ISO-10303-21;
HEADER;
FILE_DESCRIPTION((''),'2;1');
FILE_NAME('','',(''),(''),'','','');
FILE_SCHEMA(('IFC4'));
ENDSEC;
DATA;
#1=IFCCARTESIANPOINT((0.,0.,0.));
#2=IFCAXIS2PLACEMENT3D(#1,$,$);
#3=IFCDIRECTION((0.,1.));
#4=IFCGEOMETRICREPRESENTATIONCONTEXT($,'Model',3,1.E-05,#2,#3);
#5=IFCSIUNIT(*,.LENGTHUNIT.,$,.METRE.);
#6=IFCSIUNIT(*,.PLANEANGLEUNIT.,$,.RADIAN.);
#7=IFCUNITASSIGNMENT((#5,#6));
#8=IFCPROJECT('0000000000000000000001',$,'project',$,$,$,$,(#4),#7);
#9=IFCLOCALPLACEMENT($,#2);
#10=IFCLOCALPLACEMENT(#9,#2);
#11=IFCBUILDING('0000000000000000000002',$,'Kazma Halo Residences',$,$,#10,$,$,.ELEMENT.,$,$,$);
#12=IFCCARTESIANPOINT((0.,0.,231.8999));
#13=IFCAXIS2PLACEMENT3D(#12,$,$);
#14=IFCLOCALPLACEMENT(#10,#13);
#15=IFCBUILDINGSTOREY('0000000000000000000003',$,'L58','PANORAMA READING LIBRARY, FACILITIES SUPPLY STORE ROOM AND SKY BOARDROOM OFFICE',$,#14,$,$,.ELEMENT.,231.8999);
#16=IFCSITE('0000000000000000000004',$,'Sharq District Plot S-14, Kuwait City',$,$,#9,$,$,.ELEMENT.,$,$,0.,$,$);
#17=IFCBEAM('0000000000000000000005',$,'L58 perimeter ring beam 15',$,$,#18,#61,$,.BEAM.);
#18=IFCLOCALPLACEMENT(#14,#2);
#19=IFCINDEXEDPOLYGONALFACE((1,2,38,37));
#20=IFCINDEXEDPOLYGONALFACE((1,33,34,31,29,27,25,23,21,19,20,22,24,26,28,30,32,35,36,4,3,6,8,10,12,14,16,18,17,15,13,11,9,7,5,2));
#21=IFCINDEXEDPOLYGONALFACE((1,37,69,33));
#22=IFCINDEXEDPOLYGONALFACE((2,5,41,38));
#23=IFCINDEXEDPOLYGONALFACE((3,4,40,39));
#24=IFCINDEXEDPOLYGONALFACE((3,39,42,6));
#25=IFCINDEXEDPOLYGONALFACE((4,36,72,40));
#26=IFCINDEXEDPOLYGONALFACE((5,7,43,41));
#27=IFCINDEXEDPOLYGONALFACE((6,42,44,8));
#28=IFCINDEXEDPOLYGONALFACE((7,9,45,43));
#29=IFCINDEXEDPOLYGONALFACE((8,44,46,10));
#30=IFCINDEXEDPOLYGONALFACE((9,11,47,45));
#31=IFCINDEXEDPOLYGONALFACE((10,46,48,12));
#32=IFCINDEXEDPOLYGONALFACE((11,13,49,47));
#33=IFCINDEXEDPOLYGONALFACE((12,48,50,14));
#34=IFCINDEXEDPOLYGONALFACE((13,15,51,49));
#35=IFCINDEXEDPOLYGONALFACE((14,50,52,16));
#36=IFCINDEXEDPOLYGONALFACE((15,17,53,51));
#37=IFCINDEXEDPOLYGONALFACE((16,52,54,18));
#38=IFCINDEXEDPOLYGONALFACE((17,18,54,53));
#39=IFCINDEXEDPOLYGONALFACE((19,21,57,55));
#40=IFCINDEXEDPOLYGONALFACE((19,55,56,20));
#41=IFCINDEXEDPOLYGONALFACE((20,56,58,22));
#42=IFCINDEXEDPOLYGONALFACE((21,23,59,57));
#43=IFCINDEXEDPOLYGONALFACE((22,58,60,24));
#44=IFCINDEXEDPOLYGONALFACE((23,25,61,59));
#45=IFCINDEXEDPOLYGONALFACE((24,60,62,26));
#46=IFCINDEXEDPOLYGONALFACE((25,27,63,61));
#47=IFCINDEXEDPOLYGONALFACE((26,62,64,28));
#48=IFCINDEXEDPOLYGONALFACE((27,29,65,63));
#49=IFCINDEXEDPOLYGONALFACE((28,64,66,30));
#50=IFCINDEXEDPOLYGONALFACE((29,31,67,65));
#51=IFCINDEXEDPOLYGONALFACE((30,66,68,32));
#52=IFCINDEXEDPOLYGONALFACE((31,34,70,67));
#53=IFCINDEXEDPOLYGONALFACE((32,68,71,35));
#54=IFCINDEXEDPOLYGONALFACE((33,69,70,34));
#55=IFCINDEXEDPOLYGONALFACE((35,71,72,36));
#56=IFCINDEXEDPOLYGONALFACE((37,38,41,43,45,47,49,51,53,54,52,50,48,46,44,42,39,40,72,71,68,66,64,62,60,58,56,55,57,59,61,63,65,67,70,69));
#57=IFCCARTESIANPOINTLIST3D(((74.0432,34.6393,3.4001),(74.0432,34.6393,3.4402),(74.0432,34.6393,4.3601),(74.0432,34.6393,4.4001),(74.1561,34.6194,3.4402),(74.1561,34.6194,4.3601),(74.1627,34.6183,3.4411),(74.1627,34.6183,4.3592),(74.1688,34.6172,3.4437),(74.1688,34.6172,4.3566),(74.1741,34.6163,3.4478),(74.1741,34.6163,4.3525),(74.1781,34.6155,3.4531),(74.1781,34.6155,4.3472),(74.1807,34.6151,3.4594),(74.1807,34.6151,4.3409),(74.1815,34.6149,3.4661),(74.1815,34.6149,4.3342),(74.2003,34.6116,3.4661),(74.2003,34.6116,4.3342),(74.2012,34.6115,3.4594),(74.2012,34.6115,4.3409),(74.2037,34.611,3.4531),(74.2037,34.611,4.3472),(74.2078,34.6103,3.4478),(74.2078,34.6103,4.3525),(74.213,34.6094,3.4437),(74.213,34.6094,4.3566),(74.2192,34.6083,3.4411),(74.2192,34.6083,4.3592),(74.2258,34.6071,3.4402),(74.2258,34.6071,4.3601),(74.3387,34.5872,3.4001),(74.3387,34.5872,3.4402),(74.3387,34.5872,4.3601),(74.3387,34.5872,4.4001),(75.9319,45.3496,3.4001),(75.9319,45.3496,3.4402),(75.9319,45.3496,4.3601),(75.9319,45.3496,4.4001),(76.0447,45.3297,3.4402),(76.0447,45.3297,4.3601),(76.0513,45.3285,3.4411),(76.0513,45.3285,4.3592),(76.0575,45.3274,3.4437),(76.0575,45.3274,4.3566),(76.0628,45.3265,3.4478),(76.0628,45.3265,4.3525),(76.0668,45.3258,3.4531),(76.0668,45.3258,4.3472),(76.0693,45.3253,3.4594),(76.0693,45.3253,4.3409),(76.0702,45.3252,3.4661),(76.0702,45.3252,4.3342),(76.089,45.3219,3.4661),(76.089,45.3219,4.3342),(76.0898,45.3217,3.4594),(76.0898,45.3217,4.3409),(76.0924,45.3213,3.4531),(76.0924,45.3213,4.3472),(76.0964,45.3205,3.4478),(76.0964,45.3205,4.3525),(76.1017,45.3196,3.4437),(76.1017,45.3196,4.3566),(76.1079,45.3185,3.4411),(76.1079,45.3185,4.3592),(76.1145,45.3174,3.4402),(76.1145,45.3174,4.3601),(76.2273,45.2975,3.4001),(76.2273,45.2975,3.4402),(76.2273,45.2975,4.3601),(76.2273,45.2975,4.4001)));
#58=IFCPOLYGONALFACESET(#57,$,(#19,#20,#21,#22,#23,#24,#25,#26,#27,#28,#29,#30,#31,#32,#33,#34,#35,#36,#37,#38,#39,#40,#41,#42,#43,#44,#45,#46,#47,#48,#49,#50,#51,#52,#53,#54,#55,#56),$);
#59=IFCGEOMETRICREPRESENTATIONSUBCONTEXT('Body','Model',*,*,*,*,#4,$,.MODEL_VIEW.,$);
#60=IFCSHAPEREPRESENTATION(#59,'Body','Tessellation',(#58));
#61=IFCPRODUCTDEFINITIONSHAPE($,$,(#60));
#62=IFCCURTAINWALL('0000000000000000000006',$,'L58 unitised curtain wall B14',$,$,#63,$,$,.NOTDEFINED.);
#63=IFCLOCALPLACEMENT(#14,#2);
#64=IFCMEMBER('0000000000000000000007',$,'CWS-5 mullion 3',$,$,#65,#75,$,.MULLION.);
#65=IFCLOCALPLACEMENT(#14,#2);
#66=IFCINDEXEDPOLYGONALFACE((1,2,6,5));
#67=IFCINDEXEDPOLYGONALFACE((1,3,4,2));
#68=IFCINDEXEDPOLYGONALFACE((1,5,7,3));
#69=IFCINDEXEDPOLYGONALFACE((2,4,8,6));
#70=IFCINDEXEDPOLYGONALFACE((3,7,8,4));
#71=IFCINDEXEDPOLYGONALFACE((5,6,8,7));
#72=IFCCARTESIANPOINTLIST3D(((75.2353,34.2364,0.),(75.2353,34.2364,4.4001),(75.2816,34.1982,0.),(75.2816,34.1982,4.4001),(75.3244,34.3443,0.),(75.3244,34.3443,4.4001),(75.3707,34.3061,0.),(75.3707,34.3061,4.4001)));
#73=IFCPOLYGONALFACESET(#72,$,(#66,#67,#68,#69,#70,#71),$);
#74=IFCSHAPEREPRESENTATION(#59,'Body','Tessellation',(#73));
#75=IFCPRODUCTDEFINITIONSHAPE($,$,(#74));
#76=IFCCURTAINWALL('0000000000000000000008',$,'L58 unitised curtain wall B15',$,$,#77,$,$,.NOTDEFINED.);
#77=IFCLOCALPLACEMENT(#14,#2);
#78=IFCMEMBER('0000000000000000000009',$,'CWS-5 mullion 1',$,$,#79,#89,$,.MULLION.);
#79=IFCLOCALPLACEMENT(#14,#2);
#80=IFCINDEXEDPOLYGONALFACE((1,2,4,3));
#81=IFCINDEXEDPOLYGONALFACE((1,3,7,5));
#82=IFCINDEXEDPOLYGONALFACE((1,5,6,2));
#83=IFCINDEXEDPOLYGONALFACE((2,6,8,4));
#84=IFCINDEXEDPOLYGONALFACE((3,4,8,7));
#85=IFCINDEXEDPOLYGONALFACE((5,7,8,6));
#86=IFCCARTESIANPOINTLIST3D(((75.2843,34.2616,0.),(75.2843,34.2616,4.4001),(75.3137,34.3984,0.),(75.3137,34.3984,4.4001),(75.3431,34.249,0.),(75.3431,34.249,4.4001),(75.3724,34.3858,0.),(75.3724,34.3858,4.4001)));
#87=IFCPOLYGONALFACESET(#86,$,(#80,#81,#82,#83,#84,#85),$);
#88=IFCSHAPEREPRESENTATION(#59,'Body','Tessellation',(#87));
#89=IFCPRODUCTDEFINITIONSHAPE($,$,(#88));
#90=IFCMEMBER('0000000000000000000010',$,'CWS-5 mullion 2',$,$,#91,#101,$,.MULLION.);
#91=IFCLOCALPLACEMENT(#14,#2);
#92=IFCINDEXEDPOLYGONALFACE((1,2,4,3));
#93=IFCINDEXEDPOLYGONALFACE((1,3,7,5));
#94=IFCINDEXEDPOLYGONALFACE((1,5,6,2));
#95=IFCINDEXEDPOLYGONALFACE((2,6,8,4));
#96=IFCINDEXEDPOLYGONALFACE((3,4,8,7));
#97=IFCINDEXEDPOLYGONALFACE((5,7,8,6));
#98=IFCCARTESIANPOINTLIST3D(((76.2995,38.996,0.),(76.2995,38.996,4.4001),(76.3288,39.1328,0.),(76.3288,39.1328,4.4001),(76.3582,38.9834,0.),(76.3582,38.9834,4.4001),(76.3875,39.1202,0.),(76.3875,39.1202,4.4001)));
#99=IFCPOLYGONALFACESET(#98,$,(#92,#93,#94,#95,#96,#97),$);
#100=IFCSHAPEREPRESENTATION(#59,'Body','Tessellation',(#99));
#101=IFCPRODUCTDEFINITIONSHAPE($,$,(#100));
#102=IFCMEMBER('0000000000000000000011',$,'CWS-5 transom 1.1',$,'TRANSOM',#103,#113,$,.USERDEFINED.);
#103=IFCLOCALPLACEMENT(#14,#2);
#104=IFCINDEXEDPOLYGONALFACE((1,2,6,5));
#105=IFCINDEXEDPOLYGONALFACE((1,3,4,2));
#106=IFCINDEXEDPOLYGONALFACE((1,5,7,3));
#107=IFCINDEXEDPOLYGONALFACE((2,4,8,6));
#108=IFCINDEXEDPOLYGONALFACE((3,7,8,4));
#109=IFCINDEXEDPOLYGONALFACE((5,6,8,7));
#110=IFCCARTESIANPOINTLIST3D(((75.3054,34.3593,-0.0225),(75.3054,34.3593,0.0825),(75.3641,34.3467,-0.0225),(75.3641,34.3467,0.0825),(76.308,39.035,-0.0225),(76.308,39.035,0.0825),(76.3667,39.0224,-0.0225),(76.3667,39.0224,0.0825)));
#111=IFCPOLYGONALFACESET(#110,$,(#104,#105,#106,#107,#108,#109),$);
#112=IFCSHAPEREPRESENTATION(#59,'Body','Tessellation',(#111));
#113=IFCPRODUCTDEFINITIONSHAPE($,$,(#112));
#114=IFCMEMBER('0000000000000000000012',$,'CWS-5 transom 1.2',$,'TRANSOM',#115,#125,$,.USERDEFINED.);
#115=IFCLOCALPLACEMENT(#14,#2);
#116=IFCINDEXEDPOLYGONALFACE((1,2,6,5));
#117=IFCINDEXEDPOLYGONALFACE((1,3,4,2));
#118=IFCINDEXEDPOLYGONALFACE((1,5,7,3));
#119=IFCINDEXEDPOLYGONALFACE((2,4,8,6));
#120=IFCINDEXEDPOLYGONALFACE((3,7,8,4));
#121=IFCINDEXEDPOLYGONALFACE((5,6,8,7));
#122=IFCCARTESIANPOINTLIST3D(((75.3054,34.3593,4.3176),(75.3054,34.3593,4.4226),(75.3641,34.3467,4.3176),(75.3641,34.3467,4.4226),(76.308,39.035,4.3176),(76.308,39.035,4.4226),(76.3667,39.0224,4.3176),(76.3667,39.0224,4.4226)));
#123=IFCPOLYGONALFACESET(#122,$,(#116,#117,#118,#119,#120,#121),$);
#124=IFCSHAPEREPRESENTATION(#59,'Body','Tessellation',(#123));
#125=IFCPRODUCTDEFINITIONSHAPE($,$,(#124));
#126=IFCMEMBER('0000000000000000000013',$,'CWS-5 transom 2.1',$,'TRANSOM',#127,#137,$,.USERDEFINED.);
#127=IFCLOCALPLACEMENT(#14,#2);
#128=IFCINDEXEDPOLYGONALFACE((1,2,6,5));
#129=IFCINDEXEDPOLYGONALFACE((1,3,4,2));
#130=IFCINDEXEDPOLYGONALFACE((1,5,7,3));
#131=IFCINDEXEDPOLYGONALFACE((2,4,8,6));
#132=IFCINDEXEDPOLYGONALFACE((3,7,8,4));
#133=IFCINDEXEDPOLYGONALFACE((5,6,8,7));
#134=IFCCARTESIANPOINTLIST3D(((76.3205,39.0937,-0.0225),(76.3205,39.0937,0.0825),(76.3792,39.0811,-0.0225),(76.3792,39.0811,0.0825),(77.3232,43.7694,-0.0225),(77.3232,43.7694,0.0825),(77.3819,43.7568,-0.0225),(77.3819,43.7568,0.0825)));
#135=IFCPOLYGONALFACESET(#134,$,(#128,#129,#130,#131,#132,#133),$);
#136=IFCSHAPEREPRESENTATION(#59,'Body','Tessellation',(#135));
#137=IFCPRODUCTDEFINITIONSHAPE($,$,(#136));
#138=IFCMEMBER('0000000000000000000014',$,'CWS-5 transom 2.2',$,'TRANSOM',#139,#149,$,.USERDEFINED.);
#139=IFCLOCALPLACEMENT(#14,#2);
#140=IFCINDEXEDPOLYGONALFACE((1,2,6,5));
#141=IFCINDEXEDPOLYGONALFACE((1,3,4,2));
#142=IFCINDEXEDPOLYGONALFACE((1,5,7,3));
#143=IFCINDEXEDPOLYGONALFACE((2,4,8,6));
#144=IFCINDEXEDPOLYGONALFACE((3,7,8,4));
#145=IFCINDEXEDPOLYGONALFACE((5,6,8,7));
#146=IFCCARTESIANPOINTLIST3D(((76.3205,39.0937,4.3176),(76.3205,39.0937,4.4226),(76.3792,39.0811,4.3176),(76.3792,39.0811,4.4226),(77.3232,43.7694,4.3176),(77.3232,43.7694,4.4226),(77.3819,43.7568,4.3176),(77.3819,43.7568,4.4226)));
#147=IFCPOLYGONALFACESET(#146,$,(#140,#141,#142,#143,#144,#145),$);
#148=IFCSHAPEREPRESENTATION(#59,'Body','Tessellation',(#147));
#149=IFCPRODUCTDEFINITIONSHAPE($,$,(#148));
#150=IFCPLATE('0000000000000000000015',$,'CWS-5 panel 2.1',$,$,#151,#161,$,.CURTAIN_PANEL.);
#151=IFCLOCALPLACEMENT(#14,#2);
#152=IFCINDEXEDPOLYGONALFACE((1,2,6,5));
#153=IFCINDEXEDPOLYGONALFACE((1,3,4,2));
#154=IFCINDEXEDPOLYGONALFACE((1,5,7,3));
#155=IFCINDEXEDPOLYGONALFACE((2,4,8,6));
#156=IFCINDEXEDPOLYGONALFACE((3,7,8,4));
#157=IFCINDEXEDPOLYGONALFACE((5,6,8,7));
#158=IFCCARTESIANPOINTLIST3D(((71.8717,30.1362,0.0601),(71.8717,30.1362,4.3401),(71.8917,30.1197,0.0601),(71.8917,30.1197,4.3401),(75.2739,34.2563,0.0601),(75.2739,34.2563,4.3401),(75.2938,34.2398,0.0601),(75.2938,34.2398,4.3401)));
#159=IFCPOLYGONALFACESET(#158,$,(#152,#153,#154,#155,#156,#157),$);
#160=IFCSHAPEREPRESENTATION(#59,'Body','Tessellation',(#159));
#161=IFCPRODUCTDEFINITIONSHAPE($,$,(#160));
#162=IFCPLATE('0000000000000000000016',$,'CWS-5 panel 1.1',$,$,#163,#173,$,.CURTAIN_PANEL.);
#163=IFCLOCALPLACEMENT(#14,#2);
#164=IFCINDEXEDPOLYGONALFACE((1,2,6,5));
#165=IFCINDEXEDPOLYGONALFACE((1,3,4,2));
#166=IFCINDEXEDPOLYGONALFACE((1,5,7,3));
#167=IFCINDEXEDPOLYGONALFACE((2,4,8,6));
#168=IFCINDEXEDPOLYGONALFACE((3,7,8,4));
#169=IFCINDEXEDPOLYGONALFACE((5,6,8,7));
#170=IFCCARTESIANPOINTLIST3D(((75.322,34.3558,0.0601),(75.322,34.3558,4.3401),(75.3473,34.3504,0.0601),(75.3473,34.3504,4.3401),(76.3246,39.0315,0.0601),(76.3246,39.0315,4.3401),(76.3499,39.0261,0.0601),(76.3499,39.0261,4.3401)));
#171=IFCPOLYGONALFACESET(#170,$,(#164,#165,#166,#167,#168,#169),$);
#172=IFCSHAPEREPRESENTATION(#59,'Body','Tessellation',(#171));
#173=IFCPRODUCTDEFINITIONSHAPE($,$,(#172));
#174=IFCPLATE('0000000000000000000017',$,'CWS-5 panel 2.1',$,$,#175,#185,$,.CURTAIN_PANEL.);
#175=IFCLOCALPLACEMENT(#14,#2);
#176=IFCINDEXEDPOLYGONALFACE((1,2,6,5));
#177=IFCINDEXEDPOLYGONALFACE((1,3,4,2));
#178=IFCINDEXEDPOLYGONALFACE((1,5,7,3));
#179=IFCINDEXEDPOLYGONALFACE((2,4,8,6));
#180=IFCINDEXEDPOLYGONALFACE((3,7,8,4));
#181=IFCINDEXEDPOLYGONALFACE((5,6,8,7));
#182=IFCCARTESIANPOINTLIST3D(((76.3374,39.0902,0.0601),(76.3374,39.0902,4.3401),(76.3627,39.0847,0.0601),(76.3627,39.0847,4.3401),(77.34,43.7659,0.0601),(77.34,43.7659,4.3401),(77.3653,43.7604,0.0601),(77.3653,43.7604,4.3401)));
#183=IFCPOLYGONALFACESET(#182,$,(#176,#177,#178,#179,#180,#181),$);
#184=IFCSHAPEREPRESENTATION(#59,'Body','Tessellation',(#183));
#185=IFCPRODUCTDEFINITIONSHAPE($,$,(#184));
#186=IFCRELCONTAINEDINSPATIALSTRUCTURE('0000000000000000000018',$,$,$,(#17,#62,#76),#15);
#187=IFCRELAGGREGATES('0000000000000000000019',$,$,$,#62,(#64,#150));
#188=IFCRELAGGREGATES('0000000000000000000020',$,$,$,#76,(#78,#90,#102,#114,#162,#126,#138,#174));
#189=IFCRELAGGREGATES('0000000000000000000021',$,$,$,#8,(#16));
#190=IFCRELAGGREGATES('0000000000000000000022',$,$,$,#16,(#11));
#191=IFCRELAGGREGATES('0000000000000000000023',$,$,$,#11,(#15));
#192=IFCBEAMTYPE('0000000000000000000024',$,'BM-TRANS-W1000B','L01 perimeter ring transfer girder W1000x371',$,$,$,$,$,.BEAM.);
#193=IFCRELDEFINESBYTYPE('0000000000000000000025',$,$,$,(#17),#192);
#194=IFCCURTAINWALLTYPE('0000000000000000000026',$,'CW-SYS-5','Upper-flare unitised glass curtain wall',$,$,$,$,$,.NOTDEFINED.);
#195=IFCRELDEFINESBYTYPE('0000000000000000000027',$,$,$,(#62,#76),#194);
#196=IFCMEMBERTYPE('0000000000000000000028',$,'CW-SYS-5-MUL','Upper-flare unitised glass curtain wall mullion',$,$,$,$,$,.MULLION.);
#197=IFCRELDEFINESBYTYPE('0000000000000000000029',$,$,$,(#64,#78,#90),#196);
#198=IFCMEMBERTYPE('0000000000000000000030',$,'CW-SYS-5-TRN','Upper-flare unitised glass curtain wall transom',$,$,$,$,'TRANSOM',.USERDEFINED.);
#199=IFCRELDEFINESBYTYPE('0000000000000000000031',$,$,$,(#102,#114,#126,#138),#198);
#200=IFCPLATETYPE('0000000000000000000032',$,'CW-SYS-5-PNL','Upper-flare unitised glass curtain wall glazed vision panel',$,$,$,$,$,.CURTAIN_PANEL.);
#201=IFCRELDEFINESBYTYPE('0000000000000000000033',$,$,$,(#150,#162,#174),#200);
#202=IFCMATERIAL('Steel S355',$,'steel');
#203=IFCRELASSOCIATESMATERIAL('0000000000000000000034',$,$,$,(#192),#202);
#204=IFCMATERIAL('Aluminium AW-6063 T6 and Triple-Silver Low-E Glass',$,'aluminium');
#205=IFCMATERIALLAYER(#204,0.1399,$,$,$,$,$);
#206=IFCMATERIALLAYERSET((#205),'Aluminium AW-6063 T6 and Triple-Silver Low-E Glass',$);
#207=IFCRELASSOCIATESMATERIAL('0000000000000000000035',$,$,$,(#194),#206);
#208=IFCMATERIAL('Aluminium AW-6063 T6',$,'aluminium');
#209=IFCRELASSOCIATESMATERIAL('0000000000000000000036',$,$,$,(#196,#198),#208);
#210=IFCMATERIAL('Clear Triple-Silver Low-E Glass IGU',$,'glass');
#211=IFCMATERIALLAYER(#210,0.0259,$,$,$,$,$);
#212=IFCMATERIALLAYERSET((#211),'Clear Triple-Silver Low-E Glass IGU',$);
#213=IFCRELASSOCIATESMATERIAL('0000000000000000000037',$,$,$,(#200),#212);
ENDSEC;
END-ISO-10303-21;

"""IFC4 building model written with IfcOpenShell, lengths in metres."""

from ifc_helpers import new_model, si_unit, direction, frame, origin, origin_2d, place, context, subcontext, project, spatial, rectangle, i_section, extrude, material, layer, layer_set, material_profile, profile_set, type_object, element, aggregate, save


model = new_model("IFC4")

# Units and contexts
model_context = context("Model", 3, precision=1e-05, world=origin(), true_north=direction((0.0, 1.0)))
body_context = subcontext(model_context, "Body", "Model", "MODEL_VIEW")
ifc_project = project(units=[si_unit("LENGTHUNIT", "METRE"), si_unit("PLANEANGLEUNIT", "RADIAN")], contexts=[model_context])

# Site, building, storey
site_placement = place(None, origin())
site = spatial("IfcSite", under=ifc_project, at=site_placement, Name="Sharq District Plot S-14, Kuwait City", CompositionType="ELEMENT", RefElevation=0.0)
building_placement = place(site_placement, origin())
building = spatial("IfcBuilding", under=site, at=building_placement, Name="Kazma Halo Residences", CompositionType="ELEMENT")
storey_placement = place(building_placement, frame((0.0, 0.0, 231.8999)))
storey = spatial("IfcBuildingStorey", under=building, at=storey_placement, Name="L58", Description="PANORAMA READING LIBRARY, FACILITIES SUPPLY STORE ROOM AND SKY BOARDROOM OFFICE", CompositionType="ELEMENT", Elevation=231.8999)

# Beam
ifc_material_1 = material(Name="Steel S355", Category="steel")
ifc_material_profile_1 = material_profile(ifc_material_1, i_section(OverallWidth=0.3, OverallDepth=1.0, WebThickness=0.019, FlangeThickness=0.04, FilletRadius=0.0259, at=origin_2d()), Name="W1000x371")
ifc_profile_set_1 = profile_set([ifc_material_profile_1], Name="Steel S355")
beam_type_1 = type_object("IfcBeamType", Name="BM-TRANS-W1000B", Description="L01 perimeter ring transfer girder W1000x371", PredefinedType="BEAM", material=ifc_profile_set_1)
beam_1_placement = place(storey_placement, frame((74.1909, 34.6133, 3.9001), z_axis=(0.173664, 0.984805, 0.0), x_axis=(-0.984805, 0.173664, 0.0)))
element("IfcBeam", 1, at=beam_1_placement, inside=storey, type_object=beam_type_1, Name="L58 perimeter ring beam 15", PredefinedType="BEAM", context=body_context, shape_type="SweptSolid", body=[
    extrude(i_section(OverallWidth=0.3, OverallDepth=1.0, WebThickness=0.019, FlangeThickness=0.04, FilletRadius=0.0259, at=origin_2d()), origin(), (0.0, 0.0, 1.0), 10.8755),
])

# Curtain wall, member
ifc_material_2 = material(Name="Aluminium AW-6063 T6 and Triple-Silver Low-E Glass", Category="aluminium")
ifc_layer_1 = layer(ifc_material_2, 0.1399)
ifc_layer_set_1 = layer_set([ifc_layer_1], Name="Aluminium AW-6063 T6 and Triple-Silver Low-E Glass")
curtain_wall_type = type_object("IfcCurtainWallType", Name="CW-SYS-5", Description="Upper-flare unitised glass curtain wall", PredefinedType="NOTDEFINED", material=ifc_layer_set_1)
curtain_wall_1_placement = place(storey_placement, origin())
curtain_wall_1 = element("IfcCurtainWall", 2, at=curtain_wall_1_placement, inside=storey, type_object=curtain_wall_type, Name="L58 unitised curtain wall B14", PredefinedType="NOTDEFINED")
ifc_material_3 = material(Name="Aluminium AW-6063 T6", Category="aluminium")
ifc_material_profile_2 = material_profile(ifc_material_3, rectangle(XDim=0.0601, YDim=0.1399, at=origin_2d()), Name="CWM-60x140")
ifc_profile_set_2 = profile_set([ifc_material_profile_2], Name="Aluminium AW-6063 T6")
member_type_1 = type_object("IfcMemberType", Name="CW-SYS-5-MUL", Description="Upper-flare unitised glass curtain wall mullion", PredefinedType="MULLION", material=ifc_profile_set_2)
member_1_placement = place(storey_placement, frame((75.303, 34.2712, 0.0), z_axis=(0.0, 0.0, 1.0), x_axis=(-0.771092, 0.636724, 0.0)))
member_1 = element("IfcMember", 3, at=member_1_placement, type_object=member_type_1, Name="CWS-5 mullion 3", PredefinedType="MULLION", context=body_context, shape_type="SweptSolid", body=[
    extrude(rectangle(XDim=0.0601, YDim=0.1399, at=origin_2d()), origin(), (0.0, 0.0, 1.0), 4.4001),
])

# Curtain wall, members
curtain_wall_2_placement = place(storey_placement, origin())
curtain_wall_2 = element("IfcCurtainWall", 4, at=curtain_wall_2_placement, inside=storey, type_object=curtain_wall_type, Name="L58 unitised curtain wall B15", PredefinedType="NOTDEFINED")
member_2_placement = place(storey_placement, frame((75.3284, 34.3237, 0.0), z_axis=(0.0, 0.0, 1.0), x_axis=(-0.977773, 0.209668, 0.0)))
member_2 = element("IfcMember", 5, at=member_2_placement, type_object=member_type_1, Name="CWS-5 mullion 1", PredefinedType="MULLION", context=body_context, shape_type="SweptSolid", body=[
    extrude(rectangle(XDim=0.0601, YDim=0.1399, at=origin_2d()), origin(), (0.0, 0.0, 1.0), 4.4001),
])
member_3_placement = place(storey_placement, frame((76.3435, 39.0581, 0.0), z_axis=(0.0, 0.0, 1.0), x_axis=(-0.977773, 0.209668, 0.0)))
member_3 = element("IfcMember", 6, at=member_3_placement, type_object=member_type_1, Name="CWS-5 mullion 2", PredefinedType="MULLION", context=body_context, shape_type="SweptSolid", body=[
    extrude(rectangle(XDim=0.0601, YDim=0.1399, at=origin_2d()), origin(), (0.0, 0.0, 1.0), 4.4001),
])
ifc_material_profile_3 = material_profile(ifc_material_3, rectangle(XDim=0.0601, YDim=0.105, at=origin_2d()), Name="CWT-60x105")
ifc_profile_set_3 = profile_set([ifc_material_profile_3], Name="Aluminium AW-6063 T6")
member_type_2 = type_object("IfcMemberType", Name="CW-SYS-5-TRN", Description="Upper-flare unitised glass curtain wall transom", ElementType="TRANSOM", PredefinedType="USERDEFINED", material=ifc_profile_set_3)
member_4_placement = place(storey_placement, frame((75.3347, 34.353, 0.03), z_axis=(0.209676, 0.977771, 0.0), x_axis=(-0.977771, 0.209676, 0.0)))
member_4 = element("IfcMember", 7, at=member_4_placement, type_object=member_type_2, Name="CWS-5 transom 1.1", ObjectType="TRANSOM", PredefinedType="USERDEFINED", context=body_context, shape_type="SweptSolid", body=[
    extrude(rectangle(XDim=0.0601, YDim=0.105, at=origin_2d()), origin(), (0.0, 0.0, 1.0), 4.782),
])
member_5_placement = place(storey_placement, frame((75.3347, 34.353, 4.3701), z_axis=(0.209676, 0.977771, 0.0), x_axis=(-0.977771, 0.209676, 0.0)))
member_5 = element("IfcMember", 8, at=member_5_placement, type_object=member_type_2, Name="CWS-5 transom 1.2", ObjectType="TRANSOM", PredefinedType="USERDEFINED", context=body_context, shape_type="SweptSolid", body=[
    extrude(rectangle(XDim=0.0601, YDim=0.105, at=origin_2d()), origin(), (0.0, 0.0, 1.0), 4.782),
])
member_6_placement = place(storey_placement, frame((76.3499, 39.0874, 0.03), z_axis=(0.209676, 0.977771, 0.0), x_axis=(-0.977771, 0.209676, 0.0)))
member_6 = element("IfcMember", 9, at=member_6_placement, type_object=member_type_2, Name="CWS-5 transom 2.1", ObjectType="TRANSOM", PredefinedType="USERDEFINED", context=body_context, shape_type="SweptSolid", body=[
    extrude(rectangle(XDim=0.0601, YDim=0.105, at=origin_2d()), origin(), (0.0, 0.0, 1.0), 4.782),
])
member_7_placement = place(storey_placement, frame((76.3499, 39.0874, 4.3701), z_axis=(0.209676, 0.977771, 0.0), x_axis=(-0.977771, 0.209676, 0.0)))
member_7 = element("IfcMember", 10, at=member_7_placement, type_object=member_type_2, Name="CWS-5 transom 2.2", ObjectType="TRANSOM", PredefinedType="USERDEFINED", context=body_context, shape_type="SweptSolid", body=[
    extrude(rectangle(XDim=0.0601, YDim=0.105, at=origin_2d()), origin(), (0.0, 0.0, 1.0), 4.782),
])

# Plates
ifc_material_4 = material(Name="Clear Triple-Silver Low-E Glass IGU", Category="glass")
ifc_layer_2 = layer(ifc_material_4, 0.0259)
ifc_layer_set_2 = layer_set([ifc_layer_2], Name="Clear Triple-Silver Low-E Glass IGU")
plate_type = type_object("IfcPlateType", Name="CW-SYS-5-PNL", Description="Upper-flare unitised glass curtain wall glazed vision panel", PredefinedType="CURTAIN_PANEL", material=ifc_layer_set_2)
plate_1_placement = place(storey_placement, frame((73.5828, 32.188, 0.0601), z_axis=(0.0, 0.0, 1.0), x_axis=(0.636724, 0.771092, 0.0)))
plate_1 = element("IfcPlate", 11, at=plate_1_placement, type_object=plate_type, Name="CWS-5 panel 2.1", PredefinedType="CURTAIN_PANEL", context=body_context, shape_type="SweptSolid", body=[
    extrude(rectangle(XDim=5.3433, YDim=0.0259, at=origin_2d()), origin(), (0.0, 0.0, 1.0), 4.28),
])
aggregate(curtain_wall_1, [member_1, plate_1])
plate_2_placement = place(storey_placement, frame((75.8359, 36.6909, 0.0601), z_axis=(0.0, 0.0, 1.0), x_axis=(0.209668, 0.977773, 0.0)))
plate_2 = element("IfcPlate", 12, at=plate_2_placement, type_object=plate_type, Name="CWS-5 panel 1.1", PredefinedType="CURTAIN_PANEL", context=body_context, shape_type="SweptSolid", body=[
    extrude(rectangle(XDim=4.782, YDim=0.0259, at=origin_2d()), origin(), (0.0, 0.0, 1.0), 4.28),
])
plate_3_placement = place(storey_placement, frame((76.8513, 41.4253, 0.0601), z_axis=(0.0, 0.0, 1.0), x_axis=(0.209668, 0.977773, 0.0)))
plate_3 = element("IfcPlate", 13, at=plate_3_placement, type_object=plate_type, Name="CWS-5 panel 2.1", PredefinedType="CURTAIN_PANEL", context=body_context, shape_type="SweptSolid", body=[
    extrude(rectangle(XDim=4.782, YDim=0.0259, at=origin_2d()), origin(), (0.0, 0.0, 1.0), 4.28),
])
aggregate(curtain_wall_2, [member_2, member_3, member_4, member_5, plate_2, member_6, member_7, plate_3])

save(model, "model.ifc")
